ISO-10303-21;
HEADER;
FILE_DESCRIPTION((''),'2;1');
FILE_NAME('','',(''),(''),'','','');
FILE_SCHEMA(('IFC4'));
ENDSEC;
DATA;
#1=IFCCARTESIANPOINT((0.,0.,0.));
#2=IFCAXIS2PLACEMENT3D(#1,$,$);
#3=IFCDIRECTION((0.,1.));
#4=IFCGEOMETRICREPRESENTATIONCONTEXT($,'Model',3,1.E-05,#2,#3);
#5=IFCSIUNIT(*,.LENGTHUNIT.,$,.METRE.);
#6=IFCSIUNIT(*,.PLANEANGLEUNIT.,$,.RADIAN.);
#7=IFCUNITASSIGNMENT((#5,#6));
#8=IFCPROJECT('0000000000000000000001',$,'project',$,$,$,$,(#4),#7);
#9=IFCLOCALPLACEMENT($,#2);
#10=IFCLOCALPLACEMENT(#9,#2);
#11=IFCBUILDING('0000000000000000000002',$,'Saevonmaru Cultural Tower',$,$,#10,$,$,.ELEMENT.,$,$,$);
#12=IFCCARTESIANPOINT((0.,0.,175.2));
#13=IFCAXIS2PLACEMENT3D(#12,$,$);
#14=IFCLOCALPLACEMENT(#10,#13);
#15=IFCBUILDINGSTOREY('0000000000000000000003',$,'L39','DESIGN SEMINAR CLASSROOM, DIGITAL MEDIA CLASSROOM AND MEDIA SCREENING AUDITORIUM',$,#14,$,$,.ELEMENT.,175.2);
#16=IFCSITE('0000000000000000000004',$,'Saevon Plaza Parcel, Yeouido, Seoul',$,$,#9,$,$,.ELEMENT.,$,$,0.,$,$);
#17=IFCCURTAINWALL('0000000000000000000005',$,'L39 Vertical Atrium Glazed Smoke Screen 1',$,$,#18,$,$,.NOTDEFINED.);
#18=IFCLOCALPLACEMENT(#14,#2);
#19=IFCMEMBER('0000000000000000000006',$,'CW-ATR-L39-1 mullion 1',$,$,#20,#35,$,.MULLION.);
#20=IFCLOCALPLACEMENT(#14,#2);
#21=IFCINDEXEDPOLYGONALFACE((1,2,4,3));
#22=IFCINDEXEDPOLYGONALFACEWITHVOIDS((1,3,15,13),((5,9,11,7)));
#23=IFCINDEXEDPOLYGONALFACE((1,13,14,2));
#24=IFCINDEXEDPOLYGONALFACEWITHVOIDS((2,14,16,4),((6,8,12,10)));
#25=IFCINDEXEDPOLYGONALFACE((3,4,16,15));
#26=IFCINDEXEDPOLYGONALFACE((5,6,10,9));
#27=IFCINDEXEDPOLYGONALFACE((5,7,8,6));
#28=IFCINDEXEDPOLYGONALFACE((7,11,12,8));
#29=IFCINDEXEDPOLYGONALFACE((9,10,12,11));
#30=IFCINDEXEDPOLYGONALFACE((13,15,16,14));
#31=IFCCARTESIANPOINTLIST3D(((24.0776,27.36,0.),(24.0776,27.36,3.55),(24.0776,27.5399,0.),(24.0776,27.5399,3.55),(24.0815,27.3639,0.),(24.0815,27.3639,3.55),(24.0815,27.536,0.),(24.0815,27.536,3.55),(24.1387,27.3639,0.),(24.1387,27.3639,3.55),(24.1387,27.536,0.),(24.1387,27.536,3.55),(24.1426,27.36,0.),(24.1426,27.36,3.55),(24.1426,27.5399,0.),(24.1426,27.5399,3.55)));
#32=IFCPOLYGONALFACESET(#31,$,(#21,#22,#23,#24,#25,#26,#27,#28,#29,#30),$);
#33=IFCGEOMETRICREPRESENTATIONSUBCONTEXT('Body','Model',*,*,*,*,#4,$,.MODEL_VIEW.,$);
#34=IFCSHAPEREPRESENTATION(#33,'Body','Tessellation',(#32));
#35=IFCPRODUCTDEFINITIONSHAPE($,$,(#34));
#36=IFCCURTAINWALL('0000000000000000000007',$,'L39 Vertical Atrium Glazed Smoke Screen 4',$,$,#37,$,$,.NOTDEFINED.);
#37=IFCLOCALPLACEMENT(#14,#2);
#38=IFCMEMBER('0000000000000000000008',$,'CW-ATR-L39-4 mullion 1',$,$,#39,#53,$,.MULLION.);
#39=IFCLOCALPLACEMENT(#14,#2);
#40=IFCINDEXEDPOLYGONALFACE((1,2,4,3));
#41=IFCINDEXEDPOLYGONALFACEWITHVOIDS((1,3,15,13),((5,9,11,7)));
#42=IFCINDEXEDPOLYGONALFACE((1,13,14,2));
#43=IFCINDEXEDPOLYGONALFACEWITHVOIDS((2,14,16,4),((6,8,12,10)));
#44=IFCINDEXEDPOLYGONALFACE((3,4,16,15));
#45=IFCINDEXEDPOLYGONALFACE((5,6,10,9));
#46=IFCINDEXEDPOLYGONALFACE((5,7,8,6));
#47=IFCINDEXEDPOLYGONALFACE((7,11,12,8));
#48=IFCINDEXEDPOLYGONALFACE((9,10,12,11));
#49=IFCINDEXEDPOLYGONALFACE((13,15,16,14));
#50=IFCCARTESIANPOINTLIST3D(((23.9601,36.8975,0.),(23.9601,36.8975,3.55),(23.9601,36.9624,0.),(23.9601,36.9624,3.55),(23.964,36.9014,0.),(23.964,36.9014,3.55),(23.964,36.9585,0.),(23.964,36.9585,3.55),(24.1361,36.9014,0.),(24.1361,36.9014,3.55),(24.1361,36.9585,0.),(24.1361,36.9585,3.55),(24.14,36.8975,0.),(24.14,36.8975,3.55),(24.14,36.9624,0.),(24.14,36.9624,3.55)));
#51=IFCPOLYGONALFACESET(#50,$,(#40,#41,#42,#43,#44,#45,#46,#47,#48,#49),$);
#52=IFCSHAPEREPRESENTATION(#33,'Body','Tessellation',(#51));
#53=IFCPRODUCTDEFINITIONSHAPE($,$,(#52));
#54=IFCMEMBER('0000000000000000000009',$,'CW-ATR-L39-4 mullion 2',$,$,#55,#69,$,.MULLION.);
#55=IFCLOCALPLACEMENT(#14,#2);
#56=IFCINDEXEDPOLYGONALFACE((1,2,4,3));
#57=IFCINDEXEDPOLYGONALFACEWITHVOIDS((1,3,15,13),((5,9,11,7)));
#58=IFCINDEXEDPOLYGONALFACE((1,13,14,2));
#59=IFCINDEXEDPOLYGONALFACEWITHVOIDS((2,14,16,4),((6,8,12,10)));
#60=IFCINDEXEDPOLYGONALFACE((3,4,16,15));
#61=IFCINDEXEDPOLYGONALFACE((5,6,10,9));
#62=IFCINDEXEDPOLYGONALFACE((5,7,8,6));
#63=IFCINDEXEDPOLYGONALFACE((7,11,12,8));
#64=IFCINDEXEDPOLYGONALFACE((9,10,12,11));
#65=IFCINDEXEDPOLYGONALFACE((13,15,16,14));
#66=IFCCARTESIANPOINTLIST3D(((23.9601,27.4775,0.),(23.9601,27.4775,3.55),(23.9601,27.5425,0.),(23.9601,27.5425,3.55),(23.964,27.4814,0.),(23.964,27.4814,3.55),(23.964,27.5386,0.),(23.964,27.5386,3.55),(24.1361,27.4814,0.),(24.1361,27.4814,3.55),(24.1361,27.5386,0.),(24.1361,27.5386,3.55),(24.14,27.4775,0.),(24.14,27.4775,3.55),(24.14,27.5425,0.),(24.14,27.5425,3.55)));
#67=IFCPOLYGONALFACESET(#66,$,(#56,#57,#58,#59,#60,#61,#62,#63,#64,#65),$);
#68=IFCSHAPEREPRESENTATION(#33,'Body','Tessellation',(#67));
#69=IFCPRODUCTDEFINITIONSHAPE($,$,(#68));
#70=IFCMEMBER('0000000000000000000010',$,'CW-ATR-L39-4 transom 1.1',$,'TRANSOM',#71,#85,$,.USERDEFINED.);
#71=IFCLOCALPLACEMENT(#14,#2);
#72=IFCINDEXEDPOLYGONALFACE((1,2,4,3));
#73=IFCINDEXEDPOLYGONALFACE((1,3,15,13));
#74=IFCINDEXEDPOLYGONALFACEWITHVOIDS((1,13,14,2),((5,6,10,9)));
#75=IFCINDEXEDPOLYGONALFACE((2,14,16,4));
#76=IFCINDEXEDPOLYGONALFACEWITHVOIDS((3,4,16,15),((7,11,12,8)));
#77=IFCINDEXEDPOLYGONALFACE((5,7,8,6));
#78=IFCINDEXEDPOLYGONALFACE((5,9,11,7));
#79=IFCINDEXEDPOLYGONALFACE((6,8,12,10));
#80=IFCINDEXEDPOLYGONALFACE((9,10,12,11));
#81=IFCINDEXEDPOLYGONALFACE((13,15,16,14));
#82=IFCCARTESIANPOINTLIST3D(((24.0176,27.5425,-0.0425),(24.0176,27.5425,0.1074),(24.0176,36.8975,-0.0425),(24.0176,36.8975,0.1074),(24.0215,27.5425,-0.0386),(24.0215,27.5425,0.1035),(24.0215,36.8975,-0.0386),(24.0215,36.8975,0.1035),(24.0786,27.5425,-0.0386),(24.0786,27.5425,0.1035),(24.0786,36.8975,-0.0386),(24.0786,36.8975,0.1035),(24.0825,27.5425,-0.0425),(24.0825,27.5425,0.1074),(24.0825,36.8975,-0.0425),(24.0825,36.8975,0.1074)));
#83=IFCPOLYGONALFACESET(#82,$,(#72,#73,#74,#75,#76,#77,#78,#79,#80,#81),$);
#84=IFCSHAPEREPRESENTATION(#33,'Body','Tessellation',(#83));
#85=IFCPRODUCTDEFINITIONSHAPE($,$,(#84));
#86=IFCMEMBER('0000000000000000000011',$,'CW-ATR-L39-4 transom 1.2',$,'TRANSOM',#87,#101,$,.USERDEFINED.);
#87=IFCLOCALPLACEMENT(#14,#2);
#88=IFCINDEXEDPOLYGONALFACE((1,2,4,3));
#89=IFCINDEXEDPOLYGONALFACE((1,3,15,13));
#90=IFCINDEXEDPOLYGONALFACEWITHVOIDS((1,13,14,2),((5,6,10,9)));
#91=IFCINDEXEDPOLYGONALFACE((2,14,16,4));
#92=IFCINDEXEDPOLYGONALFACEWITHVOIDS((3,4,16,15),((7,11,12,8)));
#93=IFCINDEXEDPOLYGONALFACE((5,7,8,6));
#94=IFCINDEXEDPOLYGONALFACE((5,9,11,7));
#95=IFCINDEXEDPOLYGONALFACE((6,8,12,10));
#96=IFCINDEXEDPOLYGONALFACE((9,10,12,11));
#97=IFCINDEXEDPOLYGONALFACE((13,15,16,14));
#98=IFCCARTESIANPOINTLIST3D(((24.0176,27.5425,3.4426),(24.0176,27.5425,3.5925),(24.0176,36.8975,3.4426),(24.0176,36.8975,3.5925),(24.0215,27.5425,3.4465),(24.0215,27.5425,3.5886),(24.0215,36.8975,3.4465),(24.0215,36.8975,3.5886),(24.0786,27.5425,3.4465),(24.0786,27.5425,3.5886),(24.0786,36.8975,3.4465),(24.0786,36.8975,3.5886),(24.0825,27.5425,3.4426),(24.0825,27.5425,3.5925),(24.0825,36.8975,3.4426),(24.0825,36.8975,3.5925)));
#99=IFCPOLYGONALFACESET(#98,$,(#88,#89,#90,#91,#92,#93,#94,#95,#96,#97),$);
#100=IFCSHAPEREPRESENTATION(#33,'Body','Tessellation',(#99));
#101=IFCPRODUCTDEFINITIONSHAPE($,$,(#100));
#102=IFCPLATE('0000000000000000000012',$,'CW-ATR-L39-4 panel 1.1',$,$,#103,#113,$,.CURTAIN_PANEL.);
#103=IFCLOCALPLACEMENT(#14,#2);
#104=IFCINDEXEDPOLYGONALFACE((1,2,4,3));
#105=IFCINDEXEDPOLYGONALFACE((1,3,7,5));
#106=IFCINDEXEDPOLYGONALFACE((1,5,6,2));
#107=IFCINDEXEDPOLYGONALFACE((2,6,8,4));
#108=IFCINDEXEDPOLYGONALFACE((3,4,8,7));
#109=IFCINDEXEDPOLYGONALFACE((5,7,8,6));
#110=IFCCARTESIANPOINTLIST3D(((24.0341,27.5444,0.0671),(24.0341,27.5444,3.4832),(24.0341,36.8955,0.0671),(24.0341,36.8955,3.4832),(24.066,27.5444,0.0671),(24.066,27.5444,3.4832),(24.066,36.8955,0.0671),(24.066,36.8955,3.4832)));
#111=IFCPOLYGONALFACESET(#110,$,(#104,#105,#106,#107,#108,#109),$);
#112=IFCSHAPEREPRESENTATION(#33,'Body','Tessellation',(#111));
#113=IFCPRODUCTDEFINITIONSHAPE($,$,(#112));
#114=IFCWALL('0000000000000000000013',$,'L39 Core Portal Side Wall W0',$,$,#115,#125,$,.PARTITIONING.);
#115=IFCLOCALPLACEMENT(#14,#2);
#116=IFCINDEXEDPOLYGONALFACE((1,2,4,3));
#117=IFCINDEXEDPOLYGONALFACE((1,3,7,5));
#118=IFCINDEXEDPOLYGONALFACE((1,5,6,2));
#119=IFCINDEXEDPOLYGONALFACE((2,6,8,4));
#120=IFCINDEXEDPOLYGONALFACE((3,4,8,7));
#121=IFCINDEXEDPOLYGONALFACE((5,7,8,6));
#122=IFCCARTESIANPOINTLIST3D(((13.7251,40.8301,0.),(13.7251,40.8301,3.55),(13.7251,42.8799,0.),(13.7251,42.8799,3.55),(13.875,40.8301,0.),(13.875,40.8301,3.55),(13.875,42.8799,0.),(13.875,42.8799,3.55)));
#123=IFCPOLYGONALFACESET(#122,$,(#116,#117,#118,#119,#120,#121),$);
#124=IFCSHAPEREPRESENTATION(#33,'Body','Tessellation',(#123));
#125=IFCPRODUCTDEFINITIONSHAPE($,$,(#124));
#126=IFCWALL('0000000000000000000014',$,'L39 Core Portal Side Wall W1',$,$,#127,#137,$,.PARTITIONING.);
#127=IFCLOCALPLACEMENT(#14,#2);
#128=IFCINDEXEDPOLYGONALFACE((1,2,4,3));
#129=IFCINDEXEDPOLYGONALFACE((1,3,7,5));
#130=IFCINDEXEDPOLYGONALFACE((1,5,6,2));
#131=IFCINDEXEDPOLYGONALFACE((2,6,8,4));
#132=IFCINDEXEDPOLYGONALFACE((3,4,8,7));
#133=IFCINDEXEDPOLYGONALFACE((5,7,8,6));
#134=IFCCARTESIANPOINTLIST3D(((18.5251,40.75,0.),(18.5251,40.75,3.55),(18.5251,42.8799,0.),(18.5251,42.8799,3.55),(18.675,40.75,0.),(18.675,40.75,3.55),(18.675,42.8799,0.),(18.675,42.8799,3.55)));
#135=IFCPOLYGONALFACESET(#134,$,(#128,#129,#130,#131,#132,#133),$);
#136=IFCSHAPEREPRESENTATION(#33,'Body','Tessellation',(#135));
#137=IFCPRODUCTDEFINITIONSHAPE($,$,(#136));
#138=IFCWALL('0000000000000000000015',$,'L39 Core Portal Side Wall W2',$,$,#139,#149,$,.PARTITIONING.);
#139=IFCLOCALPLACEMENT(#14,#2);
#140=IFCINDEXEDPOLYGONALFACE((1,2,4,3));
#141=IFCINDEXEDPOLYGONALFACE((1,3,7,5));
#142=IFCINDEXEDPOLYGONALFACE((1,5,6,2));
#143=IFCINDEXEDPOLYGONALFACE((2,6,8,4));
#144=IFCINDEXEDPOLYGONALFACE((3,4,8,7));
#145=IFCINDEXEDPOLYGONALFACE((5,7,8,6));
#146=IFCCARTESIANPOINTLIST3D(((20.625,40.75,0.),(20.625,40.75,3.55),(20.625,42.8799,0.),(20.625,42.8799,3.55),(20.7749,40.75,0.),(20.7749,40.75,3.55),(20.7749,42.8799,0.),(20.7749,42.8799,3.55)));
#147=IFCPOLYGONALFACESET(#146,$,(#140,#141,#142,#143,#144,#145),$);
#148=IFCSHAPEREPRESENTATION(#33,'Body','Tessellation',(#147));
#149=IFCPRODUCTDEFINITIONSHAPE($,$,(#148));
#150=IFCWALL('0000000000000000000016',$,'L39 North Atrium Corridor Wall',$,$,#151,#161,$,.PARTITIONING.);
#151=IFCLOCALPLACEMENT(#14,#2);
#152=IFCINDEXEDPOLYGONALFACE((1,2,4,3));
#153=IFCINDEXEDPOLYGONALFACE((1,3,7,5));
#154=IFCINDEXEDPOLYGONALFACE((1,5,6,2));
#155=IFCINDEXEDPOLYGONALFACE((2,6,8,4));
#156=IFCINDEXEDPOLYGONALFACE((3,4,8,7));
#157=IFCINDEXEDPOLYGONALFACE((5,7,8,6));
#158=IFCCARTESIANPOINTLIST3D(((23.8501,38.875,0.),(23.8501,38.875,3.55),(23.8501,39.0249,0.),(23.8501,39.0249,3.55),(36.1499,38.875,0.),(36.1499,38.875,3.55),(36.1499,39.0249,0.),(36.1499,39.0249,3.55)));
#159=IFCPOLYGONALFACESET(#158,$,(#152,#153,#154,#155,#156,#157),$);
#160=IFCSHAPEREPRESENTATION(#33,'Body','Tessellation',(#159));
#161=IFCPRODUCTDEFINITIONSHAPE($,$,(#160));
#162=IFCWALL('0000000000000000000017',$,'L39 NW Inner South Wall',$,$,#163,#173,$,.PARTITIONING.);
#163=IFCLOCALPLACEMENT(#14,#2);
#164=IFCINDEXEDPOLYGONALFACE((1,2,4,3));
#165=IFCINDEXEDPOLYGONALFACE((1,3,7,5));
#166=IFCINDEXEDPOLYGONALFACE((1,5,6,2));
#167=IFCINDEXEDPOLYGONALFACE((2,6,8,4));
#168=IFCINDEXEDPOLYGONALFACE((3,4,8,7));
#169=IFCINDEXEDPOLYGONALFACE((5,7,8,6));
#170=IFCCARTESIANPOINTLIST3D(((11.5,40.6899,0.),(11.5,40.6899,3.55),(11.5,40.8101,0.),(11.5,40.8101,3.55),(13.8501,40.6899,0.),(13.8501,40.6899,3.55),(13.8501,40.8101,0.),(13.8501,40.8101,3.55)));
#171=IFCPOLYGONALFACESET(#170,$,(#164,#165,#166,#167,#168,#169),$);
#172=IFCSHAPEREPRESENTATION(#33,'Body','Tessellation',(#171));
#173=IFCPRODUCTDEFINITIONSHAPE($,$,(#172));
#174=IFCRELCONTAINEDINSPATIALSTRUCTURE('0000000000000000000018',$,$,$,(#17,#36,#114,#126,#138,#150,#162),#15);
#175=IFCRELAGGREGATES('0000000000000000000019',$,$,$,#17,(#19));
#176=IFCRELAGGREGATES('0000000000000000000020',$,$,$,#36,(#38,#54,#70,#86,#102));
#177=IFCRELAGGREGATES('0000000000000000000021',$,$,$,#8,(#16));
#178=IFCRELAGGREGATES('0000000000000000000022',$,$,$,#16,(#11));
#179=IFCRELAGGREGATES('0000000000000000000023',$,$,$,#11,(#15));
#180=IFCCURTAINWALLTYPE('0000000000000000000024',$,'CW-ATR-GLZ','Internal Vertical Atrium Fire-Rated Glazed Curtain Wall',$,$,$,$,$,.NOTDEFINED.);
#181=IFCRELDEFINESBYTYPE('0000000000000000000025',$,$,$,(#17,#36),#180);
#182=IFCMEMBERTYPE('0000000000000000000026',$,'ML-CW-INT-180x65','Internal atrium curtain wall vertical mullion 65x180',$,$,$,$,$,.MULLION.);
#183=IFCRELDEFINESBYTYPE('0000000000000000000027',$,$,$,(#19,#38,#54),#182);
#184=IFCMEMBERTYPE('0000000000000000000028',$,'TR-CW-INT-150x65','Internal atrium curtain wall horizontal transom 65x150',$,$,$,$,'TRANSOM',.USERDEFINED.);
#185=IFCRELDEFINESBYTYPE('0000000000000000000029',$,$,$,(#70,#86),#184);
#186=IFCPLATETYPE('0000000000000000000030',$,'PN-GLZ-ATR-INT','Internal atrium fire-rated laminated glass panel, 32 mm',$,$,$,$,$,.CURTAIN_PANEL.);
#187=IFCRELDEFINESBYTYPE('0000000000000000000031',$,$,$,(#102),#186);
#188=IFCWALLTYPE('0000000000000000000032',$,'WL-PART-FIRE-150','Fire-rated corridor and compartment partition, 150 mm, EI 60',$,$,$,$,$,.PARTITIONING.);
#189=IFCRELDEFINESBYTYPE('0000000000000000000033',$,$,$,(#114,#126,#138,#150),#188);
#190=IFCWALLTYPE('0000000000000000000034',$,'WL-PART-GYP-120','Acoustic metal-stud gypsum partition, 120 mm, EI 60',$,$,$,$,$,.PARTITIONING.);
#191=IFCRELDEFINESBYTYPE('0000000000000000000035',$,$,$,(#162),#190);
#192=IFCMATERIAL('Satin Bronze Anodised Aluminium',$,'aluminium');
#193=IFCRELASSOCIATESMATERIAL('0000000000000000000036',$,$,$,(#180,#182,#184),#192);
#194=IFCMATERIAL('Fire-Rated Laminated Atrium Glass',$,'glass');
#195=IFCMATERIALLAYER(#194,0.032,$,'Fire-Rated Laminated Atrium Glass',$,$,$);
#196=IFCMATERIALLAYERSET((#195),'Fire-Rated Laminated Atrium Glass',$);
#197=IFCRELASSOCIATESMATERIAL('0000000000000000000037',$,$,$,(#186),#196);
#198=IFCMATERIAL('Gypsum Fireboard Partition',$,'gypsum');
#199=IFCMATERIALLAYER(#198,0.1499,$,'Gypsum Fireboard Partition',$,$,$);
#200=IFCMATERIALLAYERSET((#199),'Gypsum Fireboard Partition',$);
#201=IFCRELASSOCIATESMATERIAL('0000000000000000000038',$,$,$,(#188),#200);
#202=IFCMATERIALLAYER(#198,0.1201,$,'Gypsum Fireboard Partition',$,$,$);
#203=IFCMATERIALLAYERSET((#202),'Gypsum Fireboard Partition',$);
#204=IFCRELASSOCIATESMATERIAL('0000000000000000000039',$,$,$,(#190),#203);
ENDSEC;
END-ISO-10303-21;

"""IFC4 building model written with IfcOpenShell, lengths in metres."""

from ifc_helpers import new_model, si_unit, direction, frame, frame_2d, origin, origin_2d, place, context, subcontext, project, spatial, rectangle, hollow_rectangle, extrude, material, layer, layer_set, material_profile, profile_set, type_object, element, aggregate, save


model = new_model("IFC4")

# Units and contexts
model_context = context("Model", 3, precision=1e-05, world=origin(), true_north=direction((0.0, 1.0)))
body_context = subcontext(model_context, "Body", "Model", "MODEL_VIEW")
ifc_project = project(units=[si_unit("LENGTHUNIT", "METRE"), si_unit("PLANEANGLEUNIT", "RADIAN")], contexts=[model_context])

# Site, building, storey
site_placement = place(None, origin())
site = spatial("IfcSite", under=ifc_project, at=site_placement, Name="Saevon Plaza Parcel, Yeouido, Seoul", CompositionType="ELEMENT", RefElevation=0.0)
building_placement = place(site_placement, origin())
building = spatial("IfcBuilding", under=site, at=building_placement, Name="Saevonmaru Cultural Tower", CompositionType="ELEMENT")
storey_placement = place(building_placement, frame((0.0, 0.0, 175.2)))
storey = spatial("IfcBuildingStorey", under=building, at=storey_placement, Name="L39", Description="DESIGN SEMINAR CLASSROOM, DIGITAL MEDIA CLASSROOM AND MEDIA SCREENING AUDITORIUM", CompositionType="ELEMENT", Elevation=175.2)

# Curtain wall, member
ifc_material_1 = material(Name="Satin Bronze Anodised Aluminium", Category="aluminium")
curtain_wall_type = type_object("IfcCurtainWallType", Name="CW-ATR-GLZ", Description="Internal Vertical Atrium Fire-Rated Glazed Curtain Wall", PredefinedType="NOTDEFINED", material=ifc_material_1)
curtain_wall_1_placement = place(storey_placement, origin())
curtain_wall_1 = element("IfcCurtainWall", 1, at=curtain_wall_1_placement, inside=storey, type_object=curtain_wall_type, Name="L39 Vertical Atrium Glazed Smoke Screen 1", PredefinedType="NOTDEFINED")
ifc_material_profile_1 = material_profile(ifc_material_1, hollow_rectangle(XDim=0.0649, YDim=0.1799, WallThickness=0.0039, at=origin_2d()), Name="ALU-MULL-180x65x4")
ifc_profile_set_1 = profile_set([ifc_material_profile_1], Name="Satin Bronze Anodised Aluminium")
member_type_1 = type_object("IfcMemberType", Name="ML-CW-INT-180x65", Description="Internal atrium curtain wall vertical mullion 65x180", PredefinedType="MULLION", material=ifc_profile_set_1)
member_1_placement = place(storey_placement, frame((24.1101, 27.45, 0.0), z_axis=(0.0, 0.0, 1.0), x_axis=(1.0, 0.0, 0.0)))
member_1 = element("IfcMember", 2, at=member_1_placement, type_object=member_type_1, Name="CW-ATR-L39-1 mullion 1", PredefinedType="MULLION", context=body_context, shape_type="SweptSolid", body=[
    extrude(hollow_rectangle(XDim=0.0649, YDim=0.1799, WallThickness=0.0039, at=origin_2d()), origin(), (0.0, 0.0, 1.0), 3.55),
])
aggregate(curtain_wall_1, [member_1])

# Curtain wall, members, plate
curtain_wall_2_placement = place(storey_placement, origin())
curtain_wall_2 = element("IfcCurtainWall", 3, at=curtain_wall_2_placement, inside=storey, type_object=curtain_wall_type, Name="L39 Vertical Atrium Glazed Smoke Screen 4", PredefinedType="NOTDEFINED")
member_2_placement = place(storey_placement, frame((24.05, 36.9299, 0.0), z_axis=(0.0, 0.0, 1.0), x_axis=(0.0, -1.0, 0.0)))
member_2 = element("IfcMember", 4, at=member_2_placement, type_object=member_type_1, Name="CW-ATR-L39-4 mullion 1", PredefinedType="MULLION", context=body_context, shape_type="SweptSolid", body=[
    extrude(hollow_rectangle(XDim=0.0649, YDim=0.1799, WallThickness=0.0039, at=origin_2d()), origin(), (0.0, 0.0, 1.0), 3.55),
])
member_3_placement = place(storey_placement, frame((24.05, 27.51, 0.0), z_axis=(0.0, 0.0, 1.0), x_axis=(0.0, -1.0, 0.0)))
member_3 = element("IfcMember", 5, at=member_3_placement, type_object=member_type_1, Name="CW-ATR-L39-4 mullion 2", PredefinedType="MULLION", context=body_context, shape_type="SweptSolid", body=[
    extrude(hollow_rectangle(XDim=0.0649, YDim=0.1799, WallThickness=0.0039, at=origin_2d()), origin(), (0.0, 0.0, 1.0), 3.55),
])
ifc_material_profile_2 = material_profile(ifc_material_1, hollow_rectangle(XDim=0.0649, YDim=0.1499, WallThickness=0.0039, at=origin_2d()), Name="ALU-TRAN-150x65x4")
ifc_profile_set_2 = profile_set([ifc_material_profile_2], Name="Satin Bronze Anodised Aluminium")
member_type_2 = type_object("IfcMemberType", Name="TR-CW-INT-150x65", Description="Internal atrium curtain wall horizontal transom 65x150", ElementType="TRANSOM", PredefinedType="USERDEFINED", material=ifc_profile_set_2)
member_4_placement = place(storey_placement, frame((24.05, 36.8975, 0.0325), z_axis=(0.0, -1.0, 0.0), x_axis=(1.0, 0.0, 0.0)))
member_4 = element("IfcMember", 6, at=member_4_placement, type_object=member_type_2, Name="CW-ATR-L39-4 transom 1.1", ObjectType="TRANSOM", PredefinedType="USERDEFINED", context=body_context, shape_type="SweptSolid", body=[
    extrude(hollow_rectangle(XDim=0.0649, YDim=0.1499, WallThickness=0.0039, at=origin_2d()), origin(), (0.0, 0.0, 1.0), 9.355),
])
member_5_placement = place(storey_placement, frame((24.05, 36.8975, 3.5176), z_axis=(0.0, -1.0, 0.0), x_axis=(1.0, 0.0, 0.0)))
member_5 = element("IfcMember", 7, at=member_5_placement, type_object=member_type_2, Name="CW-ATR-L39-4 transom 1.2", ObjectType="TRANSOM", PredefinedType="USERDEFINED", context=body_context, shape_type="SweptSolid", body=[
    extrude(hollow_rectangle(XDim=0.0649, YDim=0.1499, WallThickness=0.0039, at=origin_2d()), origin(), (0.0, 0.0, 1.0), 9.355),
])
ifc_material_2 = material(Name="Fire-Rated Laminated Atrium Glass", Category="glass")
ifc_layer_1 = layer(ifc_material_2, 0.032, Name="Fire-Rated Laminated Atrium Glass")
ifc_layer_set_1 = layer_set([ifc_layer_1], Name="Fire-Rated Laminated Atrium Glass")
plate_type = type_object("IfcPlateType", Name="PN-GLZ-ATR-INT", Description="Internal atrium fire-rated laminated glass panel, 32 mm", PredefinedType="CURTAIN_PANEL", material=ifc_layer_set_1)
plate_placement = place(storey_placement, frame((24.05, 32.22, 0.0671), z_axis=(0.0, 0.0, 1.0), x_axis=(0.0, -1.0, 0.0)))
plate = element("IfcPlate", 8, at=plate_placement, type_object=plate_type, Name="CW-ATR-L39-4 panel 1.1", PredefinedType="CURTAIN_PANEL", context=body_context, shape_type="SweptSolid", body=[
    extrude(rectangle(XDim=9.3511, YDim=0.032, at=origin_2d()), origin(), (0.0, 0.0, 1.0), 3.416),
])
aggregate(curtain_wall_2, [member_2, member_3, member_4, member_5, plate])

# Walls
ifc_material_3 = material(Name="Gypsum Fireboard Partition", Category="gypsum")
ifc_layer_2 = layer(ifc_material_3, 0.1499, Name="Gypsum Fireboard Partition")
ifc_layer_set_2 = layer_set([ifc_layer_2], Name="Gypsum Fireboard Partition")
wall_type_1 = type_object("IfcWallType", Name="WL-PART-FIRE-150", Description="Fire-rated corridor and compartment partition, 150 mm, EI 60", PredefinedType="PARTITIONING", material=ifc_layer_set_2)
wall_1_placement = place(storey_placement, frame((13.8, 40.8301, 0.0), z_axis=(0.0, 0.0, 1.0), x_axis=(0.0, 1.0, 0.0)))
element("IfcWall", 9, at=wall_1_placement, inside=storey, type_object=wall_type_1, Name="L39 Core Portal Side Wall W0", PredefinedType="PARTITIONING", context=body_context, shape_type="SweptSolid", body=[
    extrude(rectangle(XDim=2.0498, YDim=0.1499, at=frame_2d((1.0249, 0.0))), origin(), (0.0, 0.0, 1.0), 3.55),
])
for number, where, z_axis, x_axis, name in (
    (10, (18.6001, 40.75, 0.0), (0.0, 0.0, 1.0), (0.0, 1.0, 0.0), "L39 Core Portal Side Wall W1"),
    (11, (20.7, 40.75, 0.0), (0.0, 0.0, 1.0), (0.0, 1.0, 0.0), "L39 Core Portal Side Wall W2"),
):
    element("IfcWall", number, at=place(storey_placement, frame(where, z_axis=z_axis, x_axis=x_axis)), inside=storey, type_object=wall_type_1, Name=name, PredefinedType="PARTITIONING", context=body_context, shape_type="SweptSolid", body=[
        extrude(rectangle(XDim=2.1299, YDim=0.1499, at=frame_2d((1.0649, 0.0))), origin(), (0.0, 0.0, 1.0), 3.55),
    ])
wall_2_placement = place(storey_placement, frame((23.8501, 38.95, 0.0), z_axis=(0.0, 0.0, 1.0), x_axis=(1.0, 0.0, 0.0)))
element("IfcWall", 12, at=wall_2_placement, inside=storey, type_object=wall_type_1, Name="L39 North Atrium Corridor Wall", PredefinedType="PARTITIONING", context=body_context, shape_type="SweptSolid", body=[
    extrude(rectangle(XDim=12.2998, YDim=0.1499, at=frame_2d((6.1499, 0.0))), origin(), (0.0, 0.0, 1.0), 3.55),
])
ifc_layer_3 = layer(ifc_material_3, 0.1201, Name="Gypsum Fireboard Partition")
ifc_layer_set_3 = layer_set([ifc_layer_3], Name="Gypsum Fireboard Partition")
wall_type_2 = type_object("IfcWallType", Name="WL-PART-GYP-120", Description="Acoustic metal-stud gypsum partition, 120 mm, EI 60", PredefinedType="PARTITIONING", material=ifc_layer_set_3)
wall_3_placement = place(storey_placement, frame((11.5, 40.75, 0.0), z_axis=(0.0, 0.0, 1.0), x_axis=(1.0, 0.0, 0.0)))
element("IfcWall", 13, at=wall_3_placement, inside=storey, type_object=wall_type_2, Name="L39 NW Inner South Wall", PredefinedType="PARTITIONING", context=body_context, shape_type="SweptSolid", body=[
    extrude(rectangle(XDim=2.3501, YDim=0.1201, at=frame_2d((1.175, 0.0))), origin(), (0.0, 0.0, 1.0), 3.55),
])

save(model, "model.ifc")
